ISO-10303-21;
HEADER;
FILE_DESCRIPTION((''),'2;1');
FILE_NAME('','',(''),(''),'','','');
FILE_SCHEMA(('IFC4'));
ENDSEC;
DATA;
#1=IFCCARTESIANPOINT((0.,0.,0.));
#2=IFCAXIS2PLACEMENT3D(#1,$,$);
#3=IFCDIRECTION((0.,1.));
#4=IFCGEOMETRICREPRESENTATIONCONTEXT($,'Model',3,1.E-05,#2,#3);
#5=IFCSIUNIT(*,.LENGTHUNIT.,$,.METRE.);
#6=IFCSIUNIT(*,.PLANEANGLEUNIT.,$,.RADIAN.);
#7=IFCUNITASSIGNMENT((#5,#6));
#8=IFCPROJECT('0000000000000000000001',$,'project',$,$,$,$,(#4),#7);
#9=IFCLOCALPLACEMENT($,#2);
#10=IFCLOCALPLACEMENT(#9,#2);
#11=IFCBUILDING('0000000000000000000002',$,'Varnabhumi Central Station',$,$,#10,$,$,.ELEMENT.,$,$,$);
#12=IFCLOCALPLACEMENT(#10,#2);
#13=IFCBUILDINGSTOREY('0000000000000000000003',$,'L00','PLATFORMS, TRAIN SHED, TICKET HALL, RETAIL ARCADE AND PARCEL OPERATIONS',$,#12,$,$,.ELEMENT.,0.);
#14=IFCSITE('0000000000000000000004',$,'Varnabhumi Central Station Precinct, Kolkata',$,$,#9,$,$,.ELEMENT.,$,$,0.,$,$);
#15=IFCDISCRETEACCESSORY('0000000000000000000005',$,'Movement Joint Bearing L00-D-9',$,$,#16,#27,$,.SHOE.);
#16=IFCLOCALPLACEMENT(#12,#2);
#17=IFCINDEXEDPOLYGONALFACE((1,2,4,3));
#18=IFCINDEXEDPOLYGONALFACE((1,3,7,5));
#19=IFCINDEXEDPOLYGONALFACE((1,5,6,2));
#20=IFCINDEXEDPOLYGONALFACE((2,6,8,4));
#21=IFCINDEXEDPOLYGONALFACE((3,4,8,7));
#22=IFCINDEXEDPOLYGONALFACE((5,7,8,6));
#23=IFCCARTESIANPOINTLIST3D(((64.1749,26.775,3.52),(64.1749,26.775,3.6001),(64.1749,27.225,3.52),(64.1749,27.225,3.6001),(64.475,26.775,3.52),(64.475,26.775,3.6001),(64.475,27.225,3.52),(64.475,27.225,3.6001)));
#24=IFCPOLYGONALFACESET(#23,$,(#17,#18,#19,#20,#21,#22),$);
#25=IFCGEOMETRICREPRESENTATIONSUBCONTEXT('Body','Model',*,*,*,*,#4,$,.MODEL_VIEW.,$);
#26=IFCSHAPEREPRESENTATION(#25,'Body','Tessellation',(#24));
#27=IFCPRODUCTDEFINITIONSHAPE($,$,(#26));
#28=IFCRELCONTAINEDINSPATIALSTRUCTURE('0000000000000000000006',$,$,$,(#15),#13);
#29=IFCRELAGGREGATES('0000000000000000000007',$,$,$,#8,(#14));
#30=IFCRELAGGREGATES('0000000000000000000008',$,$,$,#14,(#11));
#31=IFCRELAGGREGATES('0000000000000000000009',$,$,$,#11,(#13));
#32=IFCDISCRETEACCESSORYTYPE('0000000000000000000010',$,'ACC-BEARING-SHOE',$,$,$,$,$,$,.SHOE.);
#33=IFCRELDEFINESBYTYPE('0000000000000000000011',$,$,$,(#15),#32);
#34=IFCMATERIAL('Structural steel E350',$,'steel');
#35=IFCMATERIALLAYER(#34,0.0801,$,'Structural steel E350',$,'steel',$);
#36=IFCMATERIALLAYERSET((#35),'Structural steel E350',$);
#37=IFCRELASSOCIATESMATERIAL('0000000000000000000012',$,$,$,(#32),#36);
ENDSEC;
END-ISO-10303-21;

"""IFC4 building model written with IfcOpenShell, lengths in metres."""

from ifc_helpers import new_model, si_unit, direction, frame, origin, origin_2d, place, context, subcontext, project, spatial, rectangle, extrude, material, layer, layer_set, type_object, element, save


model = new_model("IFC4")

# Units and contexts
model_context = context("Model", 3, precision=1e-05, world=origin(), true_north=direction((0.0, 1.0)))
body_context = subcontext(model_context, "Body", "Model", "MODEL_VIEW")
ifc_project = project(units=[si_unit("LENGTHUNIT", "METRE"), si_unit("PLANEANGLEUNIT", "RADIAN")], contexts=[model_context])

# Site, building, storey
site_placement = place(None, origin())
site = spatial("IfcSite", under=ifc_project, at=site_placement, Name="Varnabhumi Central Station Precinct, Kolkata", CompositionType="ELEMENT", RefElevation=0.0)
building_placement = place(site_placement, origin())
building = spatial("IfcBuilding", under=site, at=building_placement, Name="Varnabhumi Central Station", CompositionType="ELEMENT")
storey_placement = place(building_placement, origin())
storey = spatial("IfcBuildingStorey", under=building, at=storey_placement, Name="L00", Description="PLATFORMS, TRAIN SHED, TICKET HALL, RETAIL ARCADE AND PARCEL OPERATIONS", CompositionType="ELEMENT", Elevation=0.0)

# Discrete accessory
ifc_material_1 = material(Name="Structural steel E350", Category="steel")
ifc_layer_1 = layer(ifc_material_1, 0.0801, Name="Structural steel E350", Category="steel")
ifc_layer_set_1 = layer_set([ifc_layer_1], Name="Structural steel E350")
discrete_accessory_type = type_object("IfcDiscreteAccessoryType", Name="ACC-BEARING-SHOE", PredefinedType="SHOE", material=ifc_layer_set_1)
discrete_accessory_placement = place(storey_placement, frame((64.325, 27.0, 3.52), z_axis=(0.0, 0.0, 1.0), x_axis=(1.0, 0.0, 0.0)))
element("IfcDiscreteAccessory", 1, at=discrete_accessory_placement, inside=storey, type_object=discrete_accessory_type, Name="Movement Joint Bearing L00-D-9", PredefinedType="SHOE", context=body_context, shape_type="SweptSolid", body=[
    extrude(rectangle(XDim=0.3, YDim=0.45, at=origin_2d()), origin(), (0.0, 0.0, 1.0), 0.0801),
])

save(model, "model.ifc")
